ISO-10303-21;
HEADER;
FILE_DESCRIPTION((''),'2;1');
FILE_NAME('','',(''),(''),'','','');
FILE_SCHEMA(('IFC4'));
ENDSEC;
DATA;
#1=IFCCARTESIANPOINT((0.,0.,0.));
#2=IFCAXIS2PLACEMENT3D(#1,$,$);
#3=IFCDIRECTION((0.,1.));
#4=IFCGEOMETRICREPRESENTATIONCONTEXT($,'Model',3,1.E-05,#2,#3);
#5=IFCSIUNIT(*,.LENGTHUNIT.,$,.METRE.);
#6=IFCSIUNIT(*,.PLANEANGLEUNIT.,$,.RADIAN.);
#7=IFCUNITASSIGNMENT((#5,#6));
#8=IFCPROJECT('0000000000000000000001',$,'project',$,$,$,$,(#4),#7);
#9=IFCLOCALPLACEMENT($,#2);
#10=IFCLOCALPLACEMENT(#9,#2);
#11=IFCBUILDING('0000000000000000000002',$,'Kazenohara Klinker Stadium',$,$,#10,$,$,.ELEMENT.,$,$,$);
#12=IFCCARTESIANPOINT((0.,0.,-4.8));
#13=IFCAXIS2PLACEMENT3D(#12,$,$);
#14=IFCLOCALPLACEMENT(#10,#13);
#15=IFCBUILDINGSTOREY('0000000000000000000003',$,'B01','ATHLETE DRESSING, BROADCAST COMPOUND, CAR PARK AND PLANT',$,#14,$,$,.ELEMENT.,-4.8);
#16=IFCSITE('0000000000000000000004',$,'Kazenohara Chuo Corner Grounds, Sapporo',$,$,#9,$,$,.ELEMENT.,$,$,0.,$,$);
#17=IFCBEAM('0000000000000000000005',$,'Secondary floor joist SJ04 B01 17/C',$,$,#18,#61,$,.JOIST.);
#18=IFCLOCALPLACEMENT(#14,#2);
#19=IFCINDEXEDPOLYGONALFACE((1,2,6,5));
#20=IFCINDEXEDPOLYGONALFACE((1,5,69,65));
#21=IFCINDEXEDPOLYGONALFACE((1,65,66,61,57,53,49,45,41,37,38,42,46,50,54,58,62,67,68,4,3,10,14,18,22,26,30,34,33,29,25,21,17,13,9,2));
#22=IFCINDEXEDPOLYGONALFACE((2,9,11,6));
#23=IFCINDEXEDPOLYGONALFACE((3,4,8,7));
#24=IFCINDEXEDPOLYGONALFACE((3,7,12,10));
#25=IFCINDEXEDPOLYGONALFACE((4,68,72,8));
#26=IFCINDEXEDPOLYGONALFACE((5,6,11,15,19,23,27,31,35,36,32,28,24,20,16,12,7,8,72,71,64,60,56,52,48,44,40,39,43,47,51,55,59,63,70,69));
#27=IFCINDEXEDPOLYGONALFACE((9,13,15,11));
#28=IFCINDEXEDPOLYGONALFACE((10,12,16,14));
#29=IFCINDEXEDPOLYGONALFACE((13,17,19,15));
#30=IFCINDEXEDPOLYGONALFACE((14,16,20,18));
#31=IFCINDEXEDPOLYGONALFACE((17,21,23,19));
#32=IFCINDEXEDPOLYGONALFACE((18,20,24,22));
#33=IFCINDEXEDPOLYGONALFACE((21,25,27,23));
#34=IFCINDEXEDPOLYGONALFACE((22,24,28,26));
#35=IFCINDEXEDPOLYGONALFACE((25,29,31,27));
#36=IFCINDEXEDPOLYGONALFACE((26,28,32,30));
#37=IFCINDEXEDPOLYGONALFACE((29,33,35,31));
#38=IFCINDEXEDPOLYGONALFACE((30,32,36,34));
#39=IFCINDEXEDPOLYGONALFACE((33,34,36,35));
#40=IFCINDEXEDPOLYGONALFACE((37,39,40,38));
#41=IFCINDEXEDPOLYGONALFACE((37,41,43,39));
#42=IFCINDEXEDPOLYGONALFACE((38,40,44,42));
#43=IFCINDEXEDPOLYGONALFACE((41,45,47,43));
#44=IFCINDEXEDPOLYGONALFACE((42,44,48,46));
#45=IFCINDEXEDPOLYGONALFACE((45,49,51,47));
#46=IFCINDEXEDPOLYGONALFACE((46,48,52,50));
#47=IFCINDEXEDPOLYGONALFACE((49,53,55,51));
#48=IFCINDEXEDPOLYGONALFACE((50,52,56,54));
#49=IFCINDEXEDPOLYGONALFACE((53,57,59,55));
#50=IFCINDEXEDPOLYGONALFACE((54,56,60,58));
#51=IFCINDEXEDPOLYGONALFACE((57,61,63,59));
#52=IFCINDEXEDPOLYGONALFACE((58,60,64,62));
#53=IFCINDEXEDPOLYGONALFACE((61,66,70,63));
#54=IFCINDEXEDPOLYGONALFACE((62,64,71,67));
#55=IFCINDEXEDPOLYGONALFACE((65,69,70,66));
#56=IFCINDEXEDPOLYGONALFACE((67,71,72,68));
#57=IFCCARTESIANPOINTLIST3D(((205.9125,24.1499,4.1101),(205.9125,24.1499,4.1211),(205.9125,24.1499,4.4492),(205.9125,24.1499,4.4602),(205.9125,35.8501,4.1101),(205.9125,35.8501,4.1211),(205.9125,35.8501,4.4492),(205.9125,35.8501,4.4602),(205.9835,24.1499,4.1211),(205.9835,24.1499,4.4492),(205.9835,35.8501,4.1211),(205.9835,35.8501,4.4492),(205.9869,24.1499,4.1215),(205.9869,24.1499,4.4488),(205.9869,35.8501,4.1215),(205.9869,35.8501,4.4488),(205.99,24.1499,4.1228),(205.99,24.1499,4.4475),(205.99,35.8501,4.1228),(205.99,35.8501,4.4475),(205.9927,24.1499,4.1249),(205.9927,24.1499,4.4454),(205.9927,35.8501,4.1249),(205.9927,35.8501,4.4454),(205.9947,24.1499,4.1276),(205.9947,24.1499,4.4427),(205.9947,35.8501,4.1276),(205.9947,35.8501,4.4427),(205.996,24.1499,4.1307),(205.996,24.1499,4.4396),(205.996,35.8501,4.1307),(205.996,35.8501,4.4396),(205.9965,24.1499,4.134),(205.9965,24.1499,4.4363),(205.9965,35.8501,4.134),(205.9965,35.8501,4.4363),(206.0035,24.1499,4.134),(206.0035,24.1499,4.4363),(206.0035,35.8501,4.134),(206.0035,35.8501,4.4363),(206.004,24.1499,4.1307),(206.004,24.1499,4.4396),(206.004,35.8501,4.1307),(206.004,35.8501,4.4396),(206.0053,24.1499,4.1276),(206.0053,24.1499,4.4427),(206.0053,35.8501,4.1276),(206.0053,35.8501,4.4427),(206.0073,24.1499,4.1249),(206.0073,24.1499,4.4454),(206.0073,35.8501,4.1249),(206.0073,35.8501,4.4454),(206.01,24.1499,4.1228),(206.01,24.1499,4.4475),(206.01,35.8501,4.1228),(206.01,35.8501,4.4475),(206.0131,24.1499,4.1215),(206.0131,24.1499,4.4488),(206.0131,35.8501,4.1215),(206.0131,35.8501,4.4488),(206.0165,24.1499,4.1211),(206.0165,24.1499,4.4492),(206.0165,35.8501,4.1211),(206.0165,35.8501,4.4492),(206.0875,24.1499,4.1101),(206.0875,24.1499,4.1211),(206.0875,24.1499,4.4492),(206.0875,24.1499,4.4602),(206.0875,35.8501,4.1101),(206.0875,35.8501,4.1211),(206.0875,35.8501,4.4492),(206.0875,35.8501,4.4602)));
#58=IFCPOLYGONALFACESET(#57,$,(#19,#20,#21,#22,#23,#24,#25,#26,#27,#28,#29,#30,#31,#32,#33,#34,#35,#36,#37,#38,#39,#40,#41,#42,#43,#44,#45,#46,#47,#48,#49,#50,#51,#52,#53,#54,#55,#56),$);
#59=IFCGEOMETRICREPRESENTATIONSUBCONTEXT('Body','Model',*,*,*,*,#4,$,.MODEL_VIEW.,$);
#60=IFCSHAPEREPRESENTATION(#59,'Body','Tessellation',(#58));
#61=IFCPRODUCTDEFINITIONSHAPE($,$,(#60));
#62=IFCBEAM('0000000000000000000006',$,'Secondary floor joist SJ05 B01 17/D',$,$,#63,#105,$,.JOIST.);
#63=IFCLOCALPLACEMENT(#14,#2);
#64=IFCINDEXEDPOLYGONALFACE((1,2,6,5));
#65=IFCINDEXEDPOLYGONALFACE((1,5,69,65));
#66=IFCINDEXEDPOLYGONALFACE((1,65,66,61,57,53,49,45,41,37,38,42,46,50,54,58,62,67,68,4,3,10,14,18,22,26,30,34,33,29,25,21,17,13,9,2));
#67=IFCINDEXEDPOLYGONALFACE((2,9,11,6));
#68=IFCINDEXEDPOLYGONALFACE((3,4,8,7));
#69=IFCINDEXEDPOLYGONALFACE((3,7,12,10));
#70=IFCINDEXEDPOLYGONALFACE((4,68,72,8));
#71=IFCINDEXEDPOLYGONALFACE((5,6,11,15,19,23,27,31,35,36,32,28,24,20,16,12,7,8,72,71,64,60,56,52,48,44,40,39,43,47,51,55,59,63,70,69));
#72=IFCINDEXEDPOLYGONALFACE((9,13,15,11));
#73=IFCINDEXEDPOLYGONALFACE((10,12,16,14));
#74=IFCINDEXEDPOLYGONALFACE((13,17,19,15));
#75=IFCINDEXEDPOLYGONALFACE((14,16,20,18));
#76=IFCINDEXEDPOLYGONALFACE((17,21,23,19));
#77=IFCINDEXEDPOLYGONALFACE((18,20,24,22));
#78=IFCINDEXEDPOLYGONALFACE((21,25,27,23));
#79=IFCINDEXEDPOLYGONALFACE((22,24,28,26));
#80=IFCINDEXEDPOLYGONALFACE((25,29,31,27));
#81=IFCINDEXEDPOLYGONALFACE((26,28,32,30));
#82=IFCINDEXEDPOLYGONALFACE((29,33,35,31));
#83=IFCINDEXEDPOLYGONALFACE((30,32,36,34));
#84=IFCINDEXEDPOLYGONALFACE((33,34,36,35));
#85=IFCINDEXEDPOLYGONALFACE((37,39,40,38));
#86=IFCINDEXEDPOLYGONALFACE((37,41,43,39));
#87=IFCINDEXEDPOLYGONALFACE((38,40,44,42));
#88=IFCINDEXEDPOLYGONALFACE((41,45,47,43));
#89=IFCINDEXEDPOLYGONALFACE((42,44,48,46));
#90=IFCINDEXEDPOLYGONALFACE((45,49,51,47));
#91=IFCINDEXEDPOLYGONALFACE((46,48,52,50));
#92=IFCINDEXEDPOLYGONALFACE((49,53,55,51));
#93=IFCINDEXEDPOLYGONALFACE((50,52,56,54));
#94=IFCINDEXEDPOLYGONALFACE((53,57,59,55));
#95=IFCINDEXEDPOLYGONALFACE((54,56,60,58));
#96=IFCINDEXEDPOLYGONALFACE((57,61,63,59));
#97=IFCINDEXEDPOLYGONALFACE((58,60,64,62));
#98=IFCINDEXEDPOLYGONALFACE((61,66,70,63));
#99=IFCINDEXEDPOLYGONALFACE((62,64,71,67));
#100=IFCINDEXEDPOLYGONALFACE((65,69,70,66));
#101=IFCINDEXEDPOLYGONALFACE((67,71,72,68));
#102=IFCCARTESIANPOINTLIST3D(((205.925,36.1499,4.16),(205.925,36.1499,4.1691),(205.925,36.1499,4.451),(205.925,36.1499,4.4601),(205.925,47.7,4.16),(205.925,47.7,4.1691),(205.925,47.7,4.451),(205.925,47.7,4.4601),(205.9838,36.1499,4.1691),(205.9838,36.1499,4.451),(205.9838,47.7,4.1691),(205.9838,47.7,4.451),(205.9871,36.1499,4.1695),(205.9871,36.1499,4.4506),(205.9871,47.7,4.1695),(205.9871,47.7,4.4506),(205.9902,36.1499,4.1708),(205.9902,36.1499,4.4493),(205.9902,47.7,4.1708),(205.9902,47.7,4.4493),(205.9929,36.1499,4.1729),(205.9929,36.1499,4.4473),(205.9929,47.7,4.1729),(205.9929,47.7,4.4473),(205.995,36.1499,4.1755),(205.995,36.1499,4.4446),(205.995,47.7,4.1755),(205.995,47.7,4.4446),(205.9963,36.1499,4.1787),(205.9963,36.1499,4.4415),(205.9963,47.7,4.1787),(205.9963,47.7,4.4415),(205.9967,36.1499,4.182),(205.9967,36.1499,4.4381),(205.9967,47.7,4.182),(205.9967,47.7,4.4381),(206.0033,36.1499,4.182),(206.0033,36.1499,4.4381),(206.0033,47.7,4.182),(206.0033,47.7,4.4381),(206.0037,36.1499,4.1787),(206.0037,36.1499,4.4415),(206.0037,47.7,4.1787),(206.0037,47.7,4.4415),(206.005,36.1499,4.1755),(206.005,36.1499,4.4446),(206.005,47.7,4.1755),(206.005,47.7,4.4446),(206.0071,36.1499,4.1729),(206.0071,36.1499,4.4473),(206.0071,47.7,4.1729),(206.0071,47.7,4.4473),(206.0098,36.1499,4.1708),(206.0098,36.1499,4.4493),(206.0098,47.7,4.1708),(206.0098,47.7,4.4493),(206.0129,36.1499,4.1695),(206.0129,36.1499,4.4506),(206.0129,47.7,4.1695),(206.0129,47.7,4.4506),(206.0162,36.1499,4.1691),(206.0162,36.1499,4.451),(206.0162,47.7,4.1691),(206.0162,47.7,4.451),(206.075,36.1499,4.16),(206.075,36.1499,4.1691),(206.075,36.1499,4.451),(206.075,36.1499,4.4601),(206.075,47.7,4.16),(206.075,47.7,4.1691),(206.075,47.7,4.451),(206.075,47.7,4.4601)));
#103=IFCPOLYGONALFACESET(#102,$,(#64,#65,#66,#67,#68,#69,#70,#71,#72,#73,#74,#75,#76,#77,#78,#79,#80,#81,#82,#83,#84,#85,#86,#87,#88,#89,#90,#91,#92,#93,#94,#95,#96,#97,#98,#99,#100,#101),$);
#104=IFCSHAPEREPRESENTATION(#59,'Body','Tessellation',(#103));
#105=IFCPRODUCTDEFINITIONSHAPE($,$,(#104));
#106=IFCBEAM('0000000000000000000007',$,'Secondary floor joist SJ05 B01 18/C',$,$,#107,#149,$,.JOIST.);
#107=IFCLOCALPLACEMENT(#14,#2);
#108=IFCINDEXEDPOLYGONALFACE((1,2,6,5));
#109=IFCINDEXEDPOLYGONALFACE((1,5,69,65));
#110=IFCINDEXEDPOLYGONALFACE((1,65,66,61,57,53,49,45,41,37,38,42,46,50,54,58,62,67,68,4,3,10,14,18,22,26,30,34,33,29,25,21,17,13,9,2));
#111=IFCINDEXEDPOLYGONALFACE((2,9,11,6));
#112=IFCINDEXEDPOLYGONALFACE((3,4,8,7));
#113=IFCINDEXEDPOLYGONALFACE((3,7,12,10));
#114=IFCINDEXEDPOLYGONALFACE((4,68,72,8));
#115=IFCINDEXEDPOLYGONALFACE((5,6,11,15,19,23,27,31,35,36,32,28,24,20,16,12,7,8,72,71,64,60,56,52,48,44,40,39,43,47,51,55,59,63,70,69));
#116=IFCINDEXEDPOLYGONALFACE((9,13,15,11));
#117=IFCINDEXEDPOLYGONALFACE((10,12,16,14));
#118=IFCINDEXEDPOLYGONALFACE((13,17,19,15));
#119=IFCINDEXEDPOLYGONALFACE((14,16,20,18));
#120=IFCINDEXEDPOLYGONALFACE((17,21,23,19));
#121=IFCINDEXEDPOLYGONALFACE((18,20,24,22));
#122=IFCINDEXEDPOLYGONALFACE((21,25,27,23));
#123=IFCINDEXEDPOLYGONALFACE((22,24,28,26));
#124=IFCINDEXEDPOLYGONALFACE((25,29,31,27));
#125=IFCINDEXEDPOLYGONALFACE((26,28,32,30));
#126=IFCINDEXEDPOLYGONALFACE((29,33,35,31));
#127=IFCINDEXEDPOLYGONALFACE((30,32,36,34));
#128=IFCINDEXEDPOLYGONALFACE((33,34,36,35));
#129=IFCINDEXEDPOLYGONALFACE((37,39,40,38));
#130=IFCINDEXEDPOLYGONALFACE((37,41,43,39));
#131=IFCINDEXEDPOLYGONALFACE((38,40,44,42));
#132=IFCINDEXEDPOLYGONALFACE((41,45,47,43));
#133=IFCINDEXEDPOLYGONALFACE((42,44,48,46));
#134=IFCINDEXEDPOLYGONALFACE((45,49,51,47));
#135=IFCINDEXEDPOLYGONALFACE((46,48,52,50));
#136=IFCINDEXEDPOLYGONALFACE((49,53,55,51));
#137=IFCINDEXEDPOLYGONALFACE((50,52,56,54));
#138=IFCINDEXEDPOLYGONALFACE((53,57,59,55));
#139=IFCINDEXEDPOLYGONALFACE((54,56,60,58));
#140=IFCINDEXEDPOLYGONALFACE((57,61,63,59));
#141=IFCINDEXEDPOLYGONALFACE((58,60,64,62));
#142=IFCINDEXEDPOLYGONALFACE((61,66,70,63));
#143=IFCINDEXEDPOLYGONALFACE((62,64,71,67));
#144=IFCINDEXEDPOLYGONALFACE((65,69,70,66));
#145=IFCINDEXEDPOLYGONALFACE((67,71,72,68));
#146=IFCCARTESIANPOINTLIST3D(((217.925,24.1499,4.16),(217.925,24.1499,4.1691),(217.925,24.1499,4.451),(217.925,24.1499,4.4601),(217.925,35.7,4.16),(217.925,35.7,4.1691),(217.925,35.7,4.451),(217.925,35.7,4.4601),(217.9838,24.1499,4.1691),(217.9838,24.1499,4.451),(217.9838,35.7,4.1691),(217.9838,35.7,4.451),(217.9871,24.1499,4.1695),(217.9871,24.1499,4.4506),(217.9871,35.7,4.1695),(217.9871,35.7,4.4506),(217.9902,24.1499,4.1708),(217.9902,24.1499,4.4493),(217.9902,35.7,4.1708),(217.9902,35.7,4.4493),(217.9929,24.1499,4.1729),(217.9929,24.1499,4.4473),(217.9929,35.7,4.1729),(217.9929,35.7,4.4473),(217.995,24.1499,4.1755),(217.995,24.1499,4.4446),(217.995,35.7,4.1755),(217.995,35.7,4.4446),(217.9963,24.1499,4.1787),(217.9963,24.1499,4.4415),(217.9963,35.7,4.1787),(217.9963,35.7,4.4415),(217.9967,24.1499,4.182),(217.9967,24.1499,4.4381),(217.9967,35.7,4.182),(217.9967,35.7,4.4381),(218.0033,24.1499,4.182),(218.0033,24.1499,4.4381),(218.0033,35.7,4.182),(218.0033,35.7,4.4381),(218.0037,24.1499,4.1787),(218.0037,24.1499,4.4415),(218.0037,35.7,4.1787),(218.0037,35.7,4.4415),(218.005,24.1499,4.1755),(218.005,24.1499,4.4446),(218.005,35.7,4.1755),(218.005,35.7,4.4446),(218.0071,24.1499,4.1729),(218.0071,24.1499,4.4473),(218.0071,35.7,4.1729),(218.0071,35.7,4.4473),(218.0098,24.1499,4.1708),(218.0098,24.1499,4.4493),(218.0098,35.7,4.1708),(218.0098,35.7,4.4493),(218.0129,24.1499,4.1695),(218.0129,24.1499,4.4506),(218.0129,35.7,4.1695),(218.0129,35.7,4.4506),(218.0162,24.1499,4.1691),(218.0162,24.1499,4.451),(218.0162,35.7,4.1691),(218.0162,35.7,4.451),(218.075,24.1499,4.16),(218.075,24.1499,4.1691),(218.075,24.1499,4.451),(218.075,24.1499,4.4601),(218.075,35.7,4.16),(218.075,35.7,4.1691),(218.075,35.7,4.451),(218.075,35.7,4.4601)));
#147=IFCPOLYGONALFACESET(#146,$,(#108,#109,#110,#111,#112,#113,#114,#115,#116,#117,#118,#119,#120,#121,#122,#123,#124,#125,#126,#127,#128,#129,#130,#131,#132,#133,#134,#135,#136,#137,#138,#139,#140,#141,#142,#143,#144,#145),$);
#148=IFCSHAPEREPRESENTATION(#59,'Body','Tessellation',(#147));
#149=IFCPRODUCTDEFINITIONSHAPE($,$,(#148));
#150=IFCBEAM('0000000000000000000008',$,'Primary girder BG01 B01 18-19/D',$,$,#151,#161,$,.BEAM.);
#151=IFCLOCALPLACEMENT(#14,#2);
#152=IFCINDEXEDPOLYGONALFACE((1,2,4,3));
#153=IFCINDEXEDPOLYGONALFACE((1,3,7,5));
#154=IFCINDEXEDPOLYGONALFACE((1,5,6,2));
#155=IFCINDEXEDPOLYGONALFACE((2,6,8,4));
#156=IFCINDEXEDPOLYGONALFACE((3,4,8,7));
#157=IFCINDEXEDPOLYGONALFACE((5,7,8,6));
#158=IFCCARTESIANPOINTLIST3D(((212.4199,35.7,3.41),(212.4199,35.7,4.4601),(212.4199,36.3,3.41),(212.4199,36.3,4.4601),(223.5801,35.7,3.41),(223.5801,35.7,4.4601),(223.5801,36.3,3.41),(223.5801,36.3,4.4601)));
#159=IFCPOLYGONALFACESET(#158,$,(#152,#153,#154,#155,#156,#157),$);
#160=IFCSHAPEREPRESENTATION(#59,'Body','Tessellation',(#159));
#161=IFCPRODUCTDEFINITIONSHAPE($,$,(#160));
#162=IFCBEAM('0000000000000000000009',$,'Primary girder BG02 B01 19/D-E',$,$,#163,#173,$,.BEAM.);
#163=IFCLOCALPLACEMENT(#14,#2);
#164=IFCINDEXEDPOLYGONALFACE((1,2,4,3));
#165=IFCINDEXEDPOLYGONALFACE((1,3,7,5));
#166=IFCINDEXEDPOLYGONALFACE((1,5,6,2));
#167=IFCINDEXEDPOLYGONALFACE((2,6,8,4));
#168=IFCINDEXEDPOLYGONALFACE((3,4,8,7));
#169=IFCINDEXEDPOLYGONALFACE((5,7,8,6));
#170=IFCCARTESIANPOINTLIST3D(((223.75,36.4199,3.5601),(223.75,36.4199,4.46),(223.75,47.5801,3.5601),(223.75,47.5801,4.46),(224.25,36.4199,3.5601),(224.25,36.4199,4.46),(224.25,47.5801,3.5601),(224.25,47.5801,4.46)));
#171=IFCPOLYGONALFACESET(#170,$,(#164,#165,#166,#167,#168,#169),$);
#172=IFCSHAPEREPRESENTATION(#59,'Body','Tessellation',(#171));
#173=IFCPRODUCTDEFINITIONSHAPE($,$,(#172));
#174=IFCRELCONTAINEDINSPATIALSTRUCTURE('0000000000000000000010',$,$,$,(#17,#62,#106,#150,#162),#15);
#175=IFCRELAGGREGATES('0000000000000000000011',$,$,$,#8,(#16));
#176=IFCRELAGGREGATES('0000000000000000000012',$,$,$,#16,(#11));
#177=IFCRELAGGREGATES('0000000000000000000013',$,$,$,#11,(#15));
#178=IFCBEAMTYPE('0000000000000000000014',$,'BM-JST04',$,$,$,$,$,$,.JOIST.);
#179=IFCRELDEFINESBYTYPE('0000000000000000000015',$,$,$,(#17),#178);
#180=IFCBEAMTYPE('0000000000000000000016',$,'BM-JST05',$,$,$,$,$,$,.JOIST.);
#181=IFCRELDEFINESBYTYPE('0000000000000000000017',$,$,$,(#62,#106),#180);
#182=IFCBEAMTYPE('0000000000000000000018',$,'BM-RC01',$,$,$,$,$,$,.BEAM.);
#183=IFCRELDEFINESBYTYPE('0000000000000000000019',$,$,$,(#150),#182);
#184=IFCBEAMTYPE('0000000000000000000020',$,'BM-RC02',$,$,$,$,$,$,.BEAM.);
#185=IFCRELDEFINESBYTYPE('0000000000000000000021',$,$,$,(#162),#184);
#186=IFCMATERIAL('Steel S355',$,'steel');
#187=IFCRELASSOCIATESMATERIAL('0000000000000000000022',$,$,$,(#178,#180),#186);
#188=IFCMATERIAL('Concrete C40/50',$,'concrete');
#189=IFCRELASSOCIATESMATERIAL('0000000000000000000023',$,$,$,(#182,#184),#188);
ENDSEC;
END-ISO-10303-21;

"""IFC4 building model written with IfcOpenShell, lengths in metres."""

from ifc_helpers import new_model, si_unit, direction, frame, origin, origin_2d, place, context, subcontext, project, spatial, rectangle, i_section, extrude, material, material_profile, profile_set, type_object, element, save


model = new_model("IFC4")

# Units and contexts
model_context = context("Model", 3, precision=1e-05, world=origin(), true_north=direction((0.0, 1.0)))
body_context = subcontext(model_context, "Body", "Model", "MODEL_VIEW")
ifc_project = project(units=[si_unit("LENGTHUNIT", "METRE"), si_unit("PLANEANGLEUNIT", "RADIAN")], contexts=[model_context])

# Site, building, storey
site_placement = place(None, origin())
site = spatial("IfcSite", under=ifc_project, at=site_placement, Name="Kazenohara Chuo Corner Grounds, Sapporo", CompositionType="ELEMENT", RefElevation=0.0)
building_placement = place(site_placement, origin())
building = spatial("IfcBuilding", under=site, at=building_placement, Name="Kazenohara Klinker Stadium", CompositionType="ELEMENT")
storey_placement = place(building_placement, frame((0.0, 0.0, -4.8)))
storey = spatial("IfcBuildingStorey", under=building, at=storey_placement, Name="B01", Description="ATHLETE DRESSING, BROADCAST COMPOUND, CAR PARK AND PLANT", CompositionType="ELEMENT", Elevation=-4.8)

# Shared definitions
ifc_material_1 = material(Name="Concrete C40/50", Category="concrete")

# Beams
ifc_material_2 = material(Name="Steel S355", Category="steel")
ifc_material_profile_1 = material_profile(ifc_material_2, i_section(OverallWidth=0.175, OverallDepth=0.3501, WebThickness=0.0071, FlangeThickness=0.011, FilletRadius=0.0129, at=origin_2d()), Name="H-350x175x7x11")
ifc_profile_set_1 = profile_set([ifc_material_profile_1], Name="Steel S355")
beam_type_1 = type_object("IfcBeamType", Name="BM-JST04", PredefinedType="JOIST", material=ifc_profile_set_1)
beam_1_placement = place(storey_placement, frame((206.0, 24.1499, 4.2852), z_axis=(0.0, 1.0, 0.0), x_axis=(-1.0, 0.0, 0.0)))
element("IfcBeam", 1, at=beam_1_placement, inside=storey, type_object=beam_type_1, Name="Secondary floor joist SJ04 B01 17/C", PredefinedType="JOIST", context=body_context, shape_type="SweptSolid", body=[
    extrude(i_section(OverallWidth=0.175, OverallDepth=0.3501, WebThickness=0.0071, FlangeThickness=0.011, FilletRadius=0.0129, at=origin_2d()), origin(), (0.0, 0.0, 1.0), 11.7002),
])
ifc_material_profile_2 = material_profile(ifc_material_2, i_section(OverallWidth=0.1499, OverallDepth=0.3, WebThickness=0.0066, FlangeThickness=0.009, FilletRadius=0.0129, at=origin_2d()), Name="H-300x150x6.5x9")
ifc_profile_set_2 = profile_set([ifc_material_profile_2], Name="Steel S355")
beam_type_2 = type_object("IfcBeamType", Name="BM-JST05", PredefinedType="JOIST", material=ifc_profile_set_2)
for number, where, z_axis, x_axis, name in (
    (2, (206.0, 36.1499, 4.3101), (0.0, 1.0, 0.0), (-1.0, 0.0, 0.0), "Secondary floor joist SJ05 B01 17/D"),
    (3, (218.0, 24.1499, 4.3101), (0.0, 1.0, 0.0), (-1.0, 0.0, 0.0), "Secondary floor joist SJ05 B01 18/C"),
):
    element("IfcBeam", number, at=place(storey_placement, frame(where, z_axis=z_axis, x_axis=x_axis)), inside=storey, type_object=beam_type_2, Name=name, PredefinedType="JOIST", context=body_context, shape_type="SweptSolid", body=[
        extrude(i_section(OverallWidth=0.1499, OverallDepth=0.3, WebThickness=0.0066, FlangeThickness=0.009, FilletRadius=0.0129, at=origin_2d()), origin(), (0.0, 0.0, 1.0), 11.55),
    ])
ifc_material_profile_3 = material_profile(ifc_material_1, rectangle(XDim=0.6001, YDim=1.05, at=origin_2d()), Name="RC-BM-600x1050")
ifc_profile_set_3 = profile_set([ifc_material_profile_3], Name="Concrete C40/50")
beam_type_3 = type_object("IfcBeamType", Name="BM-RC01", PredefinedType="BEAM", material=ifc_profile_set_3)
beam_2_placement = place(storey_placement, frame((212.4199, 36.0, 3.9351), z_axis=(1.0, 0.0, 0.0), x_axis=(0.0, 1.0, 0.0)))
element("IfcBeam", 4, at=beam_2_placement, inside=storey, type_object=beam_type_3, Name="Primary girder BG01 B01 18-19/D", PredefinedType="BEAM", context=body_context, shape_type="SweptSolid", body=[
    extrude(rectangle(XDim=0.6001, YDim=1.05, at=origin_2d()), origin(), (0.0, 0.0, 1.0), 11.1602),
])
ifc_material_profile_4 = material_profile(ifc_material_1, rectangle(XDim=0.5, YDim=0.8999, at=origin_2d()), Name="RC-BM-500x900")
ifc_profile_set_4 = profile_set([ifc_material_profile_4], Name="Concrete C40/50")
beam_type_4 = type_object("IfcBeamType", Name="BM-RC02", PredefinedType="BEAM", material=ifc_profile_set_4)
beam_3_placement = place(storey_placement, frame((224.0, 36.4199, 4.01), z_axis=(0.0, 1.0, 0.0), x_axis=(-1.0, 0.0, 0.0)))
element("IfcBeam", 5, at=beam_3_placement, inside=storey, type_object=beam_type_4, Name="Primary girder BG02 B01 19/D-E", PredefinedType="BEAM", context=body_context, shape_type="SweptSolid", body=[
    extrude(rectangle(XDim=0.5, YDim=0.8999, at=origin_2d()), origin(), (0.0, 0.0, 1.0), 11.1602),
])

save(model, "model.ifc")
